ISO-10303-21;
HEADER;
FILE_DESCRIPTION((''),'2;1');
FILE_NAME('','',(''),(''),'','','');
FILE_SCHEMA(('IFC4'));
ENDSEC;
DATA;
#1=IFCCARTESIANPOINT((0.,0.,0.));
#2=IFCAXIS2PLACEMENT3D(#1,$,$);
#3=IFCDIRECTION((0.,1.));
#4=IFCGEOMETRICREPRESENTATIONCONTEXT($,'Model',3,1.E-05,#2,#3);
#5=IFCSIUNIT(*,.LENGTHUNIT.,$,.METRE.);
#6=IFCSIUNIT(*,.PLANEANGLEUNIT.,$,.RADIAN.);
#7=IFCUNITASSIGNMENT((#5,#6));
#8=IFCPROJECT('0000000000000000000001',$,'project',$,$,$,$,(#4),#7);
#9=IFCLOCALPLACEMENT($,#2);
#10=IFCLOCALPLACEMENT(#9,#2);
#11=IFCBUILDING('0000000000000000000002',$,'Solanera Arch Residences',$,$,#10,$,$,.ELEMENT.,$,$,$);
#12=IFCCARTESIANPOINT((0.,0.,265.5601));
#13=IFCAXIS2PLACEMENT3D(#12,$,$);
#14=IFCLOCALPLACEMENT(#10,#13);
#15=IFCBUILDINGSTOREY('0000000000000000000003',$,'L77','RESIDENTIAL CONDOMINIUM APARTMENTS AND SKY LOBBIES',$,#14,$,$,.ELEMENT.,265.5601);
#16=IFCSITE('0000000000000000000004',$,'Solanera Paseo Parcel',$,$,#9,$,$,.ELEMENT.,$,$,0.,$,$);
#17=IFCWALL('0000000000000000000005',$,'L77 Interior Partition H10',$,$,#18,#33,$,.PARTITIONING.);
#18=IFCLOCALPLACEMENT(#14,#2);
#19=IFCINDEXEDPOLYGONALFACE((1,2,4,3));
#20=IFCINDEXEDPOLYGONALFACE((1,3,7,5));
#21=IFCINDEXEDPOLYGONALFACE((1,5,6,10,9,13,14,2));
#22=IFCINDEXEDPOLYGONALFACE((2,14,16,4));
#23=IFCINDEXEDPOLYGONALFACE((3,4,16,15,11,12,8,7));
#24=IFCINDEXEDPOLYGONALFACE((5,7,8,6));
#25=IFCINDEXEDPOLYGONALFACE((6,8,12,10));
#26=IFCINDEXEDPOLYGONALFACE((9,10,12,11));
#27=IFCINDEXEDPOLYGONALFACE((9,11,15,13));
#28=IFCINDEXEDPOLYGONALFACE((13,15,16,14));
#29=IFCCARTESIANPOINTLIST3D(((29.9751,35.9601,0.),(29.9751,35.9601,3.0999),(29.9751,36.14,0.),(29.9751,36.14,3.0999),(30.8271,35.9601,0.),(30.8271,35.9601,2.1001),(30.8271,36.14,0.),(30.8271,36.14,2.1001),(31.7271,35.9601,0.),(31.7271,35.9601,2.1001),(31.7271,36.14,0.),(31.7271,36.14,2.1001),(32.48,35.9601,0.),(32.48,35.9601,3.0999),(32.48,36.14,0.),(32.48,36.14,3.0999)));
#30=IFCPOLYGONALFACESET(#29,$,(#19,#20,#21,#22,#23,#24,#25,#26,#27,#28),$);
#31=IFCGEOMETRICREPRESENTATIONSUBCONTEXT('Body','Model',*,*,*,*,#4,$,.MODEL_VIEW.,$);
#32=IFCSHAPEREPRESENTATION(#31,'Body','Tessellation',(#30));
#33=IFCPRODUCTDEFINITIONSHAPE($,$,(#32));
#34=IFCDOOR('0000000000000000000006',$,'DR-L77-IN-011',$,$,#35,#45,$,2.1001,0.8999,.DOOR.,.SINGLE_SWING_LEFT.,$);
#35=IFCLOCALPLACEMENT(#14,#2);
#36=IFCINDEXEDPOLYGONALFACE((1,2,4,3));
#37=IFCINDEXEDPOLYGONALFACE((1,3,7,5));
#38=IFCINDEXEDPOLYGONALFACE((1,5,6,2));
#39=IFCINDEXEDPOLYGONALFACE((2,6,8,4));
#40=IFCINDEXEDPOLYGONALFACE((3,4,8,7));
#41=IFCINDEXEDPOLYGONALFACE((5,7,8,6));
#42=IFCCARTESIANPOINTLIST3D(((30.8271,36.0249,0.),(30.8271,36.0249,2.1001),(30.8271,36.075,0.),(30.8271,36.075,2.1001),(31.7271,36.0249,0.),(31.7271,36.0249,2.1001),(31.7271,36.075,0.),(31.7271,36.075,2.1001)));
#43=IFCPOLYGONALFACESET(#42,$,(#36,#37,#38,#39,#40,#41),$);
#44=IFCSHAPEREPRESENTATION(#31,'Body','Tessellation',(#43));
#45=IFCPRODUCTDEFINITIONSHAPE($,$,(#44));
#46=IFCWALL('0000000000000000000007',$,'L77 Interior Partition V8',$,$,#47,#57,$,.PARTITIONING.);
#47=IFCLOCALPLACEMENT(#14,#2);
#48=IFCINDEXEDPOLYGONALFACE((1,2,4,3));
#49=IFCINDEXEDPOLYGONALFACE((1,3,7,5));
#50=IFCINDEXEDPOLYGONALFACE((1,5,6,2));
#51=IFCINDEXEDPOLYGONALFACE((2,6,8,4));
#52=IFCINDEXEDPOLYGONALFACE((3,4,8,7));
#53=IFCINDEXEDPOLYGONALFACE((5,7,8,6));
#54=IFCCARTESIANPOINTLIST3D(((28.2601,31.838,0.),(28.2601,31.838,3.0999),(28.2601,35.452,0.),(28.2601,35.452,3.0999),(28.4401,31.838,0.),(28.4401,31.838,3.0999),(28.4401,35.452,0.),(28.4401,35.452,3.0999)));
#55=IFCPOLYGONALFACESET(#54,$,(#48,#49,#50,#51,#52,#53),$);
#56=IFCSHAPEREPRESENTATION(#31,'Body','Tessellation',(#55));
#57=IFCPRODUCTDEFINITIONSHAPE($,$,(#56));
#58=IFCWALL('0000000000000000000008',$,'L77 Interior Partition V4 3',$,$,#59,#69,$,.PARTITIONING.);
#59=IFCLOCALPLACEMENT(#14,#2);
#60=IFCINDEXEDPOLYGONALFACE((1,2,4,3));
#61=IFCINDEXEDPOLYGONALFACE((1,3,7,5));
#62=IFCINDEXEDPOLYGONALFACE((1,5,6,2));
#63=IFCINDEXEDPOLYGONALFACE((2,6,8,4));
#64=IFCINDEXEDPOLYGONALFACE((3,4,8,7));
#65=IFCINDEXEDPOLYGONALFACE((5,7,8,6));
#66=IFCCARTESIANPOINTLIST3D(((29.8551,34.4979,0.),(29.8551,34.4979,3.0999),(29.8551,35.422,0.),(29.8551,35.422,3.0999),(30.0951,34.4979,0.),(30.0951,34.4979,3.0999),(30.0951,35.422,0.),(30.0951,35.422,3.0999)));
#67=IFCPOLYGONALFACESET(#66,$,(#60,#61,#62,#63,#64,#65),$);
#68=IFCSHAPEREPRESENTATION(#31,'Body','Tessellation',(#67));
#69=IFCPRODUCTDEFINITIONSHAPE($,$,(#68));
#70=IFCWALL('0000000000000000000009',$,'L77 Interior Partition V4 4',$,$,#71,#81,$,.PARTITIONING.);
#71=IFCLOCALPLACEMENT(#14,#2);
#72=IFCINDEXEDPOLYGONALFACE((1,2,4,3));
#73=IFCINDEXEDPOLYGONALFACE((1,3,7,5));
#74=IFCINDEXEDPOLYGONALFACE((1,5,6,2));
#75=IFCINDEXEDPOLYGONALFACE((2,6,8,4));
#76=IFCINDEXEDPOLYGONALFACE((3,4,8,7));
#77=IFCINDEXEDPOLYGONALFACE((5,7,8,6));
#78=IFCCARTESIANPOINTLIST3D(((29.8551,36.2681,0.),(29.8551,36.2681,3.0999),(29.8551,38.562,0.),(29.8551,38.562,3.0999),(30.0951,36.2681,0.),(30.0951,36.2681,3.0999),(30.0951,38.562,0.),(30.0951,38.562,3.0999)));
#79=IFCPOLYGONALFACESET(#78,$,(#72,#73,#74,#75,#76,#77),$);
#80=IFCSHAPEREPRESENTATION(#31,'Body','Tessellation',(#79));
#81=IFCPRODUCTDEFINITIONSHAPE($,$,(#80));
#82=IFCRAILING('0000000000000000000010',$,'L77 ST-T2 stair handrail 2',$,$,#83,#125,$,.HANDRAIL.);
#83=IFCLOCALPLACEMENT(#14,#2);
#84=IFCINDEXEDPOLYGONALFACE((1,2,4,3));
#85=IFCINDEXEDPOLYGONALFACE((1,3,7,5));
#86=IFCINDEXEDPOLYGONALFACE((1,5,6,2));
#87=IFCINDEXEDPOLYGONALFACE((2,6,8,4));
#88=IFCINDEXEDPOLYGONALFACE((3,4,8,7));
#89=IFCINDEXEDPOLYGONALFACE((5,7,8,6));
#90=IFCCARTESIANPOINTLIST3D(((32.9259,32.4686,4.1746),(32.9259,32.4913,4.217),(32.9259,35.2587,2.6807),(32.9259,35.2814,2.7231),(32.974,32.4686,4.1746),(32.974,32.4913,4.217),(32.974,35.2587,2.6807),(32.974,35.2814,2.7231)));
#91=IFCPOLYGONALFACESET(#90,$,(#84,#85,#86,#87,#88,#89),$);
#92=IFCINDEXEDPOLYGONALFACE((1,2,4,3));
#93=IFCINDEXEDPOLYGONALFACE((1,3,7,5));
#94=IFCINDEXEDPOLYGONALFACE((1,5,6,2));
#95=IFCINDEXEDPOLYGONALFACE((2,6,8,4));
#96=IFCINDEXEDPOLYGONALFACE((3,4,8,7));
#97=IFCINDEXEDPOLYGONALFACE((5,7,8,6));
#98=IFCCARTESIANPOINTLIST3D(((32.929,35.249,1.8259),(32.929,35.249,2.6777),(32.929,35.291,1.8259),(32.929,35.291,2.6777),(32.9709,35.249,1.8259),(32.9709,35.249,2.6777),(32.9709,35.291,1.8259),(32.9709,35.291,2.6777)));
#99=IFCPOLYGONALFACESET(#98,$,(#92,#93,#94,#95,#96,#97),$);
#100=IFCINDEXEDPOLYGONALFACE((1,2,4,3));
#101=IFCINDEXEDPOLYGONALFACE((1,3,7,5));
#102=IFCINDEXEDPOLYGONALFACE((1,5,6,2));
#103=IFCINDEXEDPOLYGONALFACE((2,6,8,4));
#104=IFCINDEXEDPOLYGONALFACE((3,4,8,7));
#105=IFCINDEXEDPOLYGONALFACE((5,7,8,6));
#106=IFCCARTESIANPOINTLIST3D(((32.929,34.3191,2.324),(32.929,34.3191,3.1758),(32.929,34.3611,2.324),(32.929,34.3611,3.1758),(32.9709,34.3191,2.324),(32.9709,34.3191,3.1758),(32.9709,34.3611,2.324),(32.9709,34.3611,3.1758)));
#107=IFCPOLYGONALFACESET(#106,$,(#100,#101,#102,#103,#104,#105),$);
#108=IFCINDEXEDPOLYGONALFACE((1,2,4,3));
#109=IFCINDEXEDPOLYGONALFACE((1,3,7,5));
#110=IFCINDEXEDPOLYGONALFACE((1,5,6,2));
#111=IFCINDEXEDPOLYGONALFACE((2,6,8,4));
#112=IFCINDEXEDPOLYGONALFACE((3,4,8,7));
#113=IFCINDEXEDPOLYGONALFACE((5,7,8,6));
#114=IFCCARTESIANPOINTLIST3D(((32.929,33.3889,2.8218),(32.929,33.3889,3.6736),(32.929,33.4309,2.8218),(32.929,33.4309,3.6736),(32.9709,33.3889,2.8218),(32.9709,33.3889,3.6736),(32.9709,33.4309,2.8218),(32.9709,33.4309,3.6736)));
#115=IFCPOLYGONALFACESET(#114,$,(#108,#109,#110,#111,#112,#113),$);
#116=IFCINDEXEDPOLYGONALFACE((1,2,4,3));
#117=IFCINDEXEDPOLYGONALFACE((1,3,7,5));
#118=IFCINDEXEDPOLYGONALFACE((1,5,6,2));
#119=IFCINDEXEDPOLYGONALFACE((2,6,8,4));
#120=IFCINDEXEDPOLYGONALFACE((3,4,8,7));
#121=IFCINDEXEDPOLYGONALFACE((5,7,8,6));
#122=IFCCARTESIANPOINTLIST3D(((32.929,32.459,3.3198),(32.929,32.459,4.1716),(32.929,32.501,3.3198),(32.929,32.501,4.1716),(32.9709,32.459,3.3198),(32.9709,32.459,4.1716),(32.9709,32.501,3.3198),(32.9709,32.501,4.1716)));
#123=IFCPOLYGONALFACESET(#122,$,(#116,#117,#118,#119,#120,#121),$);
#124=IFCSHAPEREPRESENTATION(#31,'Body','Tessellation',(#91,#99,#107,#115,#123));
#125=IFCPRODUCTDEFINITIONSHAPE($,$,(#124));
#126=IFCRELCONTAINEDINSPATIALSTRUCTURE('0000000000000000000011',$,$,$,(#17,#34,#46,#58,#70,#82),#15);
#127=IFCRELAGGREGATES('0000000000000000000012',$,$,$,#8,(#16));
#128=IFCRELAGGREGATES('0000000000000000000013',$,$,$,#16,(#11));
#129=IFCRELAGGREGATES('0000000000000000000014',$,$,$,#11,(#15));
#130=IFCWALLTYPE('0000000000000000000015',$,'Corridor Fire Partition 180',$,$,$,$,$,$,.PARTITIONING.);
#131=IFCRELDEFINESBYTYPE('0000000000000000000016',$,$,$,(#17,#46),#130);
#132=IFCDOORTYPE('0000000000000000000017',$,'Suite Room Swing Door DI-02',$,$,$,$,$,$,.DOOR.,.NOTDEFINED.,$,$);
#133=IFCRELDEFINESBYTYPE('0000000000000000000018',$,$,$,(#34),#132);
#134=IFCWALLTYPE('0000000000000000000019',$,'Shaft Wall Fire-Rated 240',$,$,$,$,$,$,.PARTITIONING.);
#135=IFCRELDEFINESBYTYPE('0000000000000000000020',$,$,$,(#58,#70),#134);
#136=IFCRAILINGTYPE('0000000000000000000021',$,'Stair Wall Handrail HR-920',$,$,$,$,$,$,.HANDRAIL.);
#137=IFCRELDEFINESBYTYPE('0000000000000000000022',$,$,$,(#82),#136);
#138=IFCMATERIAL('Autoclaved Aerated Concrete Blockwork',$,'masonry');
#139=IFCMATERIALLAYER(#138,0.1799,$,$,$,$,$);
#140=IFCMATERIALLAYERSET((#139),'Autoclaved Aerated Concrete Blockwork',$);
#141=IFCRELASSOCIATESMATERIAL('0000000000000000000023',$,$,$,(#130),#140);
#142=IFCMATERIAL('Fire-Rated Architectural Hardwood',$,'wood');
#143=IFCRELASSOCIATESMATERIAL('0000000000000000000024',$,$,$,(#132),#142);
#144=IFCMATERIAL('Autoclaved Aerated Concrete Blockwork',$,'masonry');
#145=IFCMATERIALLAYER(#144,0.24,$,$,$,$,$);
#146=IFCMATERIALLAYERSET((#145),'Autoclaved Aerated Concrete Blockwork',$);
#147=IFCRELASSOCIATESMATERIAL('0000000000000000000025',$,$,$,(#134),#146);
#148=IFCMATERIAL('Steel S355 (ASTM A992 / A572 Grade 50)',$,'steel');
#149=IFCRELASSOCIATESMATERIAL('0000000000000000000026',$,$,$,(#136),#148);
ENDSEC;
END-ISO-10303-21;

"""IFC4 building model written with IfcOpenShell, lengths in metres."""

from ifc_helpers import new_model, si_unit, direction, frame, frame_2d, origin, origin_2d, place, context, subcontext, project, spatial, rectangle, extrude, material, layer, layer_set, type_object, element, fill, save


model = new_model("IFC4")

# Units and contexts
model_context = context("Model", 3, precision=1e-05, world=origin(), true_north=direction((0.0, 1.0)))
body_context = subcontext(model_context, "Body", "Model", "MODEL_VIEW")
ifc_project = project(units=[si_unit("LENGTHUNIT", "METRE"), si_unit("PLANEANGLEUNIT", "RADIAN")], contexts=[model_context])

# Site, building, storey
site_placement = place(None, origin())
site = spatial("IfcSite", under=ifc_project, at=site_placement, Name="Solanera Paseo Parcel", CompositionType="ELEMENT", RefElevation=0.0)
building_placement = place(site_placement, origin())
building = spatial("IfcBuilding", under=site, at=building_placement, Name="Solanera Arch Residences", CompositionType="ELEMENT")
storey_placement = place(building_placement, frame((0.0, 0.0, 265.5601)))
storey = spatial("IfcBuildingStorey", under=building, at=storey_placement, Name="L77", Description="RESIDENTIAL CONDOMINIUM APARTMENTS AND SKY LOBBIES", CompositionType="ELEMENT", Elevation=265.5601)

# Wall, opening, door
ifc_material_1 = material(Name="Autoclaved Aerated Concrete Blockwork", Category="masonry")
ifc_layer_1 = layer(ifc_material_1, 0.1799)
ifc_layer_set_1 = layer_set([ifc_layer_1], Name="Autoclaved Aerated Concrete Blockwork")
wall_type_1 = type_object("IfcWallType", Name="Corridor Fire Partition 180", PredefinedType="PARTITIONING", material=ifc_layer_set_1)
wall_1_placement = place(storey_placement, frame((29.9751, 36.05, 0.0), z_axis=(0.0, 0.0, 1.0), x_axis=(1.0, 0.0, 0.0)))
wall_1 = element("IfcWall", 1, at=wall_1_placement, inside=storey, type_object=wall_type_1, Name="L77 Interior Partition H10", PredefinedType="PARTITIONING", context=body_context, shape_type="SweptSolid", body=[
    extrude(rectangle(XDim=2.5049, YDim=0.1799, at=frame_2d((1.2524, 0.0))), origin(), (0.0, 0.0, 1.0), 3.0999),
])
opening_1_placement = place(wall_1_placement, frame((0.8521, 0.0, 0.0)))
opening_1 = element("IfcOpeningElement", 2, at=opening_1_placement, cuts=wall_1, PredefinedType="OPENING", context=body_context, shape_type="SweptSolid", body=[
    extrude(rectangle(XDim=0.8999, YDim=2.1001, at=frame_2d((0.45, 1.05))), frame((0.0, 0.1001, 0.0), z_axis=(0.0, -1.0, 0.0), x_axis=(1.0, 0.0, 0.0)), (0.0, 0.0, 1.0), 0.1999),
])
ifc_material_2 = material(Name="Fire-Rated Architectural Hardwood", Category="wood")
door_type_1 = type_object("IfcDoorType", Name="Suite Room Swing Door DI-02", OperationType="NOTDEFINED", PredefinedType="DOOR", material=ifc_material_2)
door_1_placement = place(opening_1_placement, origin())
door_1 = element("IfcDoor", 3, at=door_1_placement, inside=storey, type_object=door_type_1, Name="DR-L77-IN-011", OperationType="SINGLE_SWING_LEFT", OverallHeight=2.1001, OverallWidth=0.8999, PredefinedType="DOOR", context=body_context, shape_type="SweptSolid", body=[
    extrude(rectangle(XDim=0.8999, YDim=2.1001, at=frame_2d((0.45, 1.05))), frame((0.0, 0.0249, 0.0), z_axis=(0.0, -1.0, 0.0), x_axis=(1.0, 0.0, 0.0)), (0.0, 0.0, 1.0), 0.05),
])
fill(opening_1, door_1)

# Wall
wall_2_placement = place(storey_placement, frame((28.3501, 31.8379, 0.0), z_axis=(0.0, 0.0, 1.0), x_axis=(0.0, 1.0, 0.0)))
element("IfcWall", 4, at=wall_2_placement, inside=storey, type_object=wall_type_1, Name="L77 Interior Partition V8", PredefinedType="PARTITIONING", context=body_context, shape_type="SweptSolid", body=[
    extrude(rectangle(XDim=3.614, YDim=0.1799, at=frame_2d((1.8071, 0.0))), origin(), (0.0, 0.0, 1.0), 3.0999),
])

# Shared definitions
ifc_material_3 = material(Name="Autoclaved Aerated Concrete Blockwork", Category="masonry")
ifc_layer_2 = layer(ifc_material_3, 0.24)
ifc_layer_set_2 = layer_set([ifc_layer_2], Name="Autoclaved Aerated Concrete Blockwork")
wall_type_2 = type_object("IfcWallType", Name="Shaft Wall Fire-Rated 240", PredefinedType="PARTITIONING", material=ifc_layer_set_2)

# Walls
wall_3_placement = place(storey_placement, frame((29.9751, 34.498, 0.0), z_axis=(0.0, 0.0, 1.0), x_axis=(0.0, 1.0, 0.0)))
element("IfcWall", 5, at=wall_3_placement, inside=storey, type_object=wall_type_2, Name="L77 Interior Partition V4 3", PredefinedType="PARTITIONING", context=body_context, shape_type="SweptSolid", body=[
    extrude(rectangle(XDim=0.9241, YDim=0.24, at=frame_2d((0.4619, 0.0))), origin(), (0.0, 0.0, 1.0), 3.0999),
])
wall_4_placement = place(storey_placement, frame((29.9751, 36.2681, 0.0), z_axis=(0.0, 0.0, 1.0), x_axis=(0.0, 1.0, 0.0)))
element("IfcWall", 6, at=wall_4_placement, inside=storey, type_object=wall_type_2, Name="L77 Interior Partition V4 4", PredefinedType="PARTITIONING", context=body_context, shape_type="SweptSolid", body=[
    extrude(rectangle(XDim=2.2939, YDim=0.24, at=frame_2d((1.147, 0.0))), origin(), (0.0, 0.0, 1.0), 3.0999),
])

# Railing
ifc_material_4 = material(Name="Steel S355 (ASTM A992 / A572 Grade 50)", Category="steel")
railing_type = type_object("IfcRailingType", Name="Stair Wall Handrail HR-920", PredefinedType="HANDRAIL", material=ifc_material_4)
railing_placement = place(storey_placement, frame((32.95, 35.27, 1.8259)))
element("IfcRailing", 7, at=railing_placement, inside=storey, type_object=railing_type, Name="L77 ST-T2 stair handrail 2", PredefinedType="HANDRAIL", context=body_context, shape_type="SweptSolid", body=[
    extrude(rectangle(XDim=0.0481, YDim=0.0481, at=origin_2d()), frame((0.0, 0.0, 0.876), z_axis=(0.0, -0.881581, 0.472033), x_axis=(1.0, 0.0, 0.0)), (0.0, 0.0, 1.0), 3.1648),
    extrude(rectangle(XDim=0.042, YDim=0.042, at=origin_2d()), origin(), (0.0, 0.0, 1.0), 0.8518),
    extrude(rectangle(XDim=0.042, YDim=0.042, at=origin_2d()), frame((0.0, -0.9299, 0.498)), (0.0, 0.0, 1.0), 0.8518),
    extrude(rectangle(XDim=0.042, YDim=0.042, at=origin_2d()), frame((0.0, -1.8601, 0.9958)), (0.0, 0.0, 1.0), 0.8518),
    extrude(rectangle(XDim=0.042, YDim=0.042, at=origin_2d()), frame((0.0, -2.79, 1.4939)), (0.0, 0.0, 1.0), 0.8518),
])

save(model, "model.ifc")
